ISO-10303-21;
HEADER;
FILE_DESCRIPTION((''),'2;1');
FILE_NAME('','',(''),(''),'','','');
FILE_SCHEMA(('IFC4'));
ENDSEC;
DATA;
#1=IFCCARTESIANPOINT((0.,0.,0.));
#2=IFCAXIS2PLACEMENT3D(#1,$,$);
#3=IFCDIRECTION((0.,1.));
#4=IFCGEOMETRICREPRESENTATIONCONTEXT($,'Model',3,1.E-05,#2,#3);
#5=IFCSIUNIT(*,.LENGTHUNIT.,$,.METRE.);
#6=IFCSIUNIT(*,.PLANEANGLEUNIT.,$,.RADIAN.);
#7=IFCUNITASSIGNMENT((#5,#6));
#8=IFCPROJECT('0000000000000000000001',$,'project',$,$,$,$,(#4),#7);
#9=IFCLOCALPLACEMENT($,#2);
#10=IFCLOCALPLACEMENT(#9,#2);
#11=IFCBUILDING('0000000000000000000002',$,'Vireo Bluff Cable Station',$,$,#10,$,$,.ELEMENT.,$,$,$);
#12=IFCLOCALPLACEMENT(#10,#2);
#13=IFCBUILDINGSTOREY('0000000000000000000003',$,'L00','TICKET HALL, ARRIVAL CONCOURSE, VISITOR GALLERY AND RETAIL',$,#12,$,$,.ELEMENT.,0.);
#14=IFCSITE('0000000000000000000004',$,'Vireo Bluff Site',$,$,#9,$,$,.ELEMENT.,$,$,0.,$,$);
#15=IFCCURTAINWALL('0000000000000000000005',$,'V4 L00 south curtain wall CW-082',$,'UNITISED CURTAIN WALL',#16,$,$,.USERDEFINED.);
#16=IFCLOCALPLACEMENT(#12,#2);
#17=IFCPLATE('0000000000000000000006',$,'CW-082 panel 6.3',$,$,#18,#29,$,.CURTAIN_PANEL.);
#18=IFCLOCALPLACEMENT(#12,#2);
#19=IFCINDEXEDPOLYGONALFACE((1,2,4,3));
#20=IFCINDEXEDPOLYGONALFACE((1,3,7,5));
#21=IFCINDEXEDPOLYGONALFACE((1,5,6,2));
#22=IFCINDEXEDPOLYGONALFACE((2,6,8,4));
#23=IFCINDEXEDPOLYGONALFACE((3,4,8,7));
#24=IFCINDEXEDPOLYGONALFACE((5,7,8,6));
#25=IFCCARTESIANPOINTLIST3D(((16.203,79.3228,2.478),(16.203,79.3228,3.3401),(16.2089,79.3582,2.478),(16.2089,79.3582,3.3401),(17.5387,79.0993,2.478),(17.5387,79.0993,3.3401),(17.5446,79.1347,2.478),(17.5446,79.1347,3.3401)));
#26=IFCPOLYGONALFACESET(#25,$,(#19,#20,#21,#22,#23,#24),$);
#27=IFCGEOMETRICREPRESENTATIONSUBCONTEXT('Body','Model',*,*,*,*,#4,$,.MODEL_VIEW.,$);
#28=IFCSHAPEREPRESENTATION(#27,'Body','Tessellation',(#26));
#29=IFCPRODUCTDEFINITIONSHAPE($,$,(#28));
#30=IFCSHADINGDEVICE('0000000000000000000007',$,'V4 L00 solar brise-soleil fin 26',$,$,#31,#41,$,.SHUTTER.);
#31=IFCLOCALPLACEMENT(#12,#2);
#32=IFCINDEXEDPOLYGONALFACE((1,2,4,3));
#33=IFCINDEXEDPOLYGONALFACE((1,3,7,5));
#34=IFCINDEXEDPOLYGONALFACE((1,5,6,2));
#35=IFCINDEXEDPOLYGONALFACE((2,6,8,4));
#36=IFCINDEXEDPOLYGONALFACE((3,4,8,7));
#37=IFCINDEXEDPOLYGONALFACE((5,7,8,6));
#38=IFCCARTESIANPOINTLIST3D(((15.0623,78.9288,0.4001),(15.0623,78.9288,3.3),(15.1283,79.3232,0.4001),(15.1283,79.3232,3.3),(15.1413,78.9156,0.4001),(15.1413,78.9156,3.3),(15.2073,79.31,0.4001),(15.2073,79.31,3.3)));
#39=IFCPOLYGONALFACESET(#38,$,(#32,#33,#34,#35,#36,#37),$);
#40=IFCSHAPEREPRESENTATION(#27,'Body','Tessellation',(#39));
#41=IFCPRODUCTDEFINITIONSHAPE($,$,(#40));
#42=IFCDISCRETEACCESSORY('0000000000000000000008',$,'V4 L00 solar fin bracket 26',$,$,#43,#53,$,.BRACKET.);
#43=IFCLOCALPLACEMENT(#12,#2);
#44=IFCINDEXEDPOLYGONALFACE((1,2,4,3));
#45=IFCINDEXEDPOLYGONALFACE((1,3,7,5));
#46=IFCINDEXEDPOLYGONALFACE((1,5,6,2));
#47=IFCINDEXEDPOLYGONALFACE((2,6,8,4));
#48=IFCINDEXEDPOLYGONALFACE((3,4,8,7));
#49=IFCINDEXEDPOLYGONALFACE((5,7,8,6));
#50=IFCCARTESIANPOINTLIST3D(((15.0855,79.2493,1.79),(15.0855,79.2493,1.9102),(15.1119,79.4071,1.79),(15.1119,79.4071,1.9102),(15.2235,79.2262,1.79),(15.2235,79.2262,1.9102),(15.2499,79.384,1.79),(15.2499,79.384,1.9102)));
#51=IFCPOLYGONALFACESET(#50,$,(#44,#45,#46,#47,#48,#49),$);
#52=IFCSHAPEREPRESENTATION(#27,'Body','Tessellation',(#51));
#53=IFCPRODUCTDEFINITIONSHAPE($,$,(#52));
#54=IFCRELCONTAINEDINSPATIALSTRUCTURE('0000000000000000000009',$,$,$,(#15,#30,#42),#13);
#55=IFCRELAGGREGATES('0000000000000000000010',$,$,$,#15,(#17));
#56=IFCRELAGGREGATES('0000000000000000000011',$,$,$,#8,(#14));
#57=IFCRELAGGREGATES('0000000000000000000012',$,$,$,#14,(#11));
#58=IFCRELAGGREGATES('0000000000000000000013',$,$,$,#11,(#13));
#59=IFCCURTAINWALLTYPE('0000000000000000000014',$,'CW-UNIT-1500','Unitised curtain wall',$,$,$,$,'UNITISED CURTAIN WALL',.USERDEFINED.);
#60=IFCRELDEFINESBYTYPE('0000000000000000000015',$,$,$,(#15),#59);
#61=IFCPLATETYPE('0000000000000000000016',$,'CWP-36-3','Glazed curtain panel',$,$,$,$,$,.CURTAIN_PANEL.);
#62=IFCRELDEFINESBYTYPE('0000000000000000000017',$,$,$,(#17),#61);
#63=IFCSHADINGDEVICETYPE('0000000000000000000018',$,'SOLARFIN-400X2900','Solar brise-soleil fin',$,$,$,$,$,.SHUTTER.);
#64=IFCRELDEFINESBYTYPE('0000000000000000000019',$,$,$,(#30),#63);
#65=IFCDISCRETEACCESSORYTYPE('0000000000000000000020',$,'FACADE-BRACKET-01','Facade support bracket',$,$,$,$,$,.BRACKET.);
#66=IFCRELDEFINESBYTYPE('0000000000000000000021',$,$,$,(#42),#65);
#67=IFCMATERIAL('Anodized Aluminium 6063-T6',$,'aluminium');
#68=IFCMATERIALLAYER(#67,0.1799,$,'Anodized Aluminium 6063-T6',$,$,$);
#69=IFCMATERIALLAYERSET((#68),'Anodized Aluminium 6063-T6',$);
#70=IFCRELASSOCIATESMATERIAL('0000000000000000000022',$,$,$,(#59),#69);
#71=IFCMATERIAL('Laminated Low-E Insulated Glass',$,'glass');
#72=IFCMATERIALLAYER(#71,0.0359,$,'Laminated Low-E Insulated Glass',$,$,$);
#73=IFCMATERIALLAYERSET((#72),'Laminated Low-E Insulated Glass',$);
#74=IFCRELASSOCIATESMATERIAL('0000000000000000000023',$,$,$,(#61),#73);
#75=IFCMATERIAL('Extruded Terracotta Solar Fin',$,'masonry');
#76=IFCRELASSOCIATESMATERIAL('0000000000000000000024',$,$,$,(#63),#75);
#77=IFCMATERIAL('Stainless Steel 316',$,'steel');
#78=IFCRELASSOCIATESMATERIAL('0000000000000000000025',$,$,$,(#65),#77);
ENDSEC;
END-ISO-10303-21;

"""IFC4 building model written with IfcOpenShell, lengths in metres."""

from ifc_helpers import new_model, si_unit, direction, frame, origin, origin_2d, place, context, subcontext, project, spatial, rectangle, extrude, material, layer, layer_set, type_object, element, aggregate, save


model = new_model("IFC4")

# Units and contexts
model_context = context("Model", 3, precision=1e-05, world=origin(), true_north=direction((0.0, 1.0)))
body_context = subcontext(model_context, "Body", "Model", "MODEL_VIEW")
ifc_project = project(units=[si_unit("LENGTHUNIT", "METRE"), si_unit("PLANEANGLEUNIT", "RADIAN")], contexts=[model_context])

# Site, building, storey
site_placement = place(None, origin())
site = spatial("IfcSite", under=ifc_project, at=site_placement, Name="Vireo Bluff Site", CompositionType="ELEMENT", RefElevation=0.0)
building_placement = place(site_placement, origin())
building = spatial("IfcBuilding", under=site, at=building_placement, Name="Vireo Bluff Cable Station", CompositionType="ELEMENT")
storey_placement = place(building_placement, origin())
storey = spatial("IfcBuildingStorey", under=building, at=storey_placement, Name="L00", Description="TICKET HALL, ARRIVAL CONCOURSE, VISITOR GALLERY AND RETAIL", CompositionType="ELEMENT", Elevation=0.0)

# Curtain wall
ifc_material_1 = material(Name="Anodized Aluminium 6063-T6", Category="aluminium")
ifc_layer_1 = layer(ifc_material_1, 0.1799, Name="Anodized Aluminium 6063-T6")
ifc_layer_set_1 = layer_set([ifc_layer_1], Name="Anodized Aluminium 6063-T6")
curtain_wall_type = type_object("IfcCurtainWallType", Name="CW-UNIT-1500", Description="Unitised curtain wall", ElementType="UNITISED CURTAIN WALL", PredefinedType="USERDEFINED", material=ifc_layer_set_1)
curtain_wall_placement = place(storey_placement, origin())
curtain_wall = element("IfcCurtainWall", 1, at=curtain_wall_placement, inside=storey, type_object=curtain_wall_type, Name="V4 L00 south curtain wall CW-082", ObjectType="UNITISED CURTAIN WALL", PredefinedType="USERDEFINED")

# Plate
ifc_material_2 = material(Name="Laminated Low-E Insulated Glass", Category="glass")
ifc_layer_2 = layer(ifc_material_2, 0.0359, Name="Laminated Low-E Insulated Glass")
ifc_layer_set_2 = layer_set([ifc_layer_2], Name="Laminated Low-E Insulated Glass")
plate_type = type_object("IfcPlateType", Name="CWP-36-3", Description="Glazed curtain panel", PredefinedType="CURTAIN_PANEL", material=ifc_layer_set_2)
plate_1_placement = place(storey_placement, frame((16.8738, 79.2288, 2.478), z_axis=(0.0, 0.0, 1.0), x_axis=(-0.986286, 0.165048, 0.0)))
plate_1 = element("IfcPlate", 2, at=plate_1_placement, type_object=plate_type, Name="CW-082 panel 6.3", PredefinedType="CURTAIN_PANEL", context=body_context, shape_type="SweptSolid", body=[
    extrude(rectangle(XDim=1.3542, YDim=0.0359, at=origin_2d()), origin(), (0.0, 0.0, 1.0), 0.8621),
])
aggregate(curtain_wall, [plate_1])

# Shading device
ifc_material_3 = material(Name="Extruded Terracotta Solar Fin", Category="masonry")
shading_device_type = type_object("IfcShadingDeviceType", Name="SOLARFIN-400X2900", Description="Solar brise-soleil fin", PredefinedType="SHUTTER", material=ifc_material_3)
shading_device_placement = place(storey_placement, frame((15.1348, 79.1194, 0.4001), z_axis=(0.0, 0.0, 1.0), x_axis=(-0.986286, 0.165048, 0.0)))
element("IfcShadingDevice", 3, at=shading_device_placement, inside=storey, type_object=shading_device_type, Name="V4 L00 solar brise-soleil fin 26", PredefinedType="SHUTTER", context=body_context, shape_type="SweptSolid", body=[
    extrude(rectangle(XDim=0.0801, YDim=0.3999, at=origin_2d()), origin(), (0.0, 0.0, 1.0), 2.8999),
])

# Discrete accessory
ifc_material_4 = material(Name="Stainless Steel 316", Category="steel")
discrete_accessory_type = type_object("IfcDiscreteAccessoryType", Name="FACADE-BRACKET-01", Description="Facade support bracket", PredefinedType="BRACKET", material=ifc_material_4)
discrete_accessory_placement = place(storey_placement, frame((15.1677, 79.3167, 1.79), z_axis=(0.0, 0.0, 1.0), x_axis=(-0.986286, 0.165048, 0.0)))
element("IfcDiscreteAccessory", 4, at=discrete_accessory_placement, inside=storey, type_object=discrete_accessory_type, Name="V4 L00 solar fin bracket 26", PredefinedType="BRACKET", context=body_context, shape_type="SweptSolid", body=[
    extrude(rectangle(XDim=0.1399, YDim=0.1599, at=origin_2d()), origin(), (0.0, 0.0, 1.0), 0.1201),
])

save(model, "model.ifc")
